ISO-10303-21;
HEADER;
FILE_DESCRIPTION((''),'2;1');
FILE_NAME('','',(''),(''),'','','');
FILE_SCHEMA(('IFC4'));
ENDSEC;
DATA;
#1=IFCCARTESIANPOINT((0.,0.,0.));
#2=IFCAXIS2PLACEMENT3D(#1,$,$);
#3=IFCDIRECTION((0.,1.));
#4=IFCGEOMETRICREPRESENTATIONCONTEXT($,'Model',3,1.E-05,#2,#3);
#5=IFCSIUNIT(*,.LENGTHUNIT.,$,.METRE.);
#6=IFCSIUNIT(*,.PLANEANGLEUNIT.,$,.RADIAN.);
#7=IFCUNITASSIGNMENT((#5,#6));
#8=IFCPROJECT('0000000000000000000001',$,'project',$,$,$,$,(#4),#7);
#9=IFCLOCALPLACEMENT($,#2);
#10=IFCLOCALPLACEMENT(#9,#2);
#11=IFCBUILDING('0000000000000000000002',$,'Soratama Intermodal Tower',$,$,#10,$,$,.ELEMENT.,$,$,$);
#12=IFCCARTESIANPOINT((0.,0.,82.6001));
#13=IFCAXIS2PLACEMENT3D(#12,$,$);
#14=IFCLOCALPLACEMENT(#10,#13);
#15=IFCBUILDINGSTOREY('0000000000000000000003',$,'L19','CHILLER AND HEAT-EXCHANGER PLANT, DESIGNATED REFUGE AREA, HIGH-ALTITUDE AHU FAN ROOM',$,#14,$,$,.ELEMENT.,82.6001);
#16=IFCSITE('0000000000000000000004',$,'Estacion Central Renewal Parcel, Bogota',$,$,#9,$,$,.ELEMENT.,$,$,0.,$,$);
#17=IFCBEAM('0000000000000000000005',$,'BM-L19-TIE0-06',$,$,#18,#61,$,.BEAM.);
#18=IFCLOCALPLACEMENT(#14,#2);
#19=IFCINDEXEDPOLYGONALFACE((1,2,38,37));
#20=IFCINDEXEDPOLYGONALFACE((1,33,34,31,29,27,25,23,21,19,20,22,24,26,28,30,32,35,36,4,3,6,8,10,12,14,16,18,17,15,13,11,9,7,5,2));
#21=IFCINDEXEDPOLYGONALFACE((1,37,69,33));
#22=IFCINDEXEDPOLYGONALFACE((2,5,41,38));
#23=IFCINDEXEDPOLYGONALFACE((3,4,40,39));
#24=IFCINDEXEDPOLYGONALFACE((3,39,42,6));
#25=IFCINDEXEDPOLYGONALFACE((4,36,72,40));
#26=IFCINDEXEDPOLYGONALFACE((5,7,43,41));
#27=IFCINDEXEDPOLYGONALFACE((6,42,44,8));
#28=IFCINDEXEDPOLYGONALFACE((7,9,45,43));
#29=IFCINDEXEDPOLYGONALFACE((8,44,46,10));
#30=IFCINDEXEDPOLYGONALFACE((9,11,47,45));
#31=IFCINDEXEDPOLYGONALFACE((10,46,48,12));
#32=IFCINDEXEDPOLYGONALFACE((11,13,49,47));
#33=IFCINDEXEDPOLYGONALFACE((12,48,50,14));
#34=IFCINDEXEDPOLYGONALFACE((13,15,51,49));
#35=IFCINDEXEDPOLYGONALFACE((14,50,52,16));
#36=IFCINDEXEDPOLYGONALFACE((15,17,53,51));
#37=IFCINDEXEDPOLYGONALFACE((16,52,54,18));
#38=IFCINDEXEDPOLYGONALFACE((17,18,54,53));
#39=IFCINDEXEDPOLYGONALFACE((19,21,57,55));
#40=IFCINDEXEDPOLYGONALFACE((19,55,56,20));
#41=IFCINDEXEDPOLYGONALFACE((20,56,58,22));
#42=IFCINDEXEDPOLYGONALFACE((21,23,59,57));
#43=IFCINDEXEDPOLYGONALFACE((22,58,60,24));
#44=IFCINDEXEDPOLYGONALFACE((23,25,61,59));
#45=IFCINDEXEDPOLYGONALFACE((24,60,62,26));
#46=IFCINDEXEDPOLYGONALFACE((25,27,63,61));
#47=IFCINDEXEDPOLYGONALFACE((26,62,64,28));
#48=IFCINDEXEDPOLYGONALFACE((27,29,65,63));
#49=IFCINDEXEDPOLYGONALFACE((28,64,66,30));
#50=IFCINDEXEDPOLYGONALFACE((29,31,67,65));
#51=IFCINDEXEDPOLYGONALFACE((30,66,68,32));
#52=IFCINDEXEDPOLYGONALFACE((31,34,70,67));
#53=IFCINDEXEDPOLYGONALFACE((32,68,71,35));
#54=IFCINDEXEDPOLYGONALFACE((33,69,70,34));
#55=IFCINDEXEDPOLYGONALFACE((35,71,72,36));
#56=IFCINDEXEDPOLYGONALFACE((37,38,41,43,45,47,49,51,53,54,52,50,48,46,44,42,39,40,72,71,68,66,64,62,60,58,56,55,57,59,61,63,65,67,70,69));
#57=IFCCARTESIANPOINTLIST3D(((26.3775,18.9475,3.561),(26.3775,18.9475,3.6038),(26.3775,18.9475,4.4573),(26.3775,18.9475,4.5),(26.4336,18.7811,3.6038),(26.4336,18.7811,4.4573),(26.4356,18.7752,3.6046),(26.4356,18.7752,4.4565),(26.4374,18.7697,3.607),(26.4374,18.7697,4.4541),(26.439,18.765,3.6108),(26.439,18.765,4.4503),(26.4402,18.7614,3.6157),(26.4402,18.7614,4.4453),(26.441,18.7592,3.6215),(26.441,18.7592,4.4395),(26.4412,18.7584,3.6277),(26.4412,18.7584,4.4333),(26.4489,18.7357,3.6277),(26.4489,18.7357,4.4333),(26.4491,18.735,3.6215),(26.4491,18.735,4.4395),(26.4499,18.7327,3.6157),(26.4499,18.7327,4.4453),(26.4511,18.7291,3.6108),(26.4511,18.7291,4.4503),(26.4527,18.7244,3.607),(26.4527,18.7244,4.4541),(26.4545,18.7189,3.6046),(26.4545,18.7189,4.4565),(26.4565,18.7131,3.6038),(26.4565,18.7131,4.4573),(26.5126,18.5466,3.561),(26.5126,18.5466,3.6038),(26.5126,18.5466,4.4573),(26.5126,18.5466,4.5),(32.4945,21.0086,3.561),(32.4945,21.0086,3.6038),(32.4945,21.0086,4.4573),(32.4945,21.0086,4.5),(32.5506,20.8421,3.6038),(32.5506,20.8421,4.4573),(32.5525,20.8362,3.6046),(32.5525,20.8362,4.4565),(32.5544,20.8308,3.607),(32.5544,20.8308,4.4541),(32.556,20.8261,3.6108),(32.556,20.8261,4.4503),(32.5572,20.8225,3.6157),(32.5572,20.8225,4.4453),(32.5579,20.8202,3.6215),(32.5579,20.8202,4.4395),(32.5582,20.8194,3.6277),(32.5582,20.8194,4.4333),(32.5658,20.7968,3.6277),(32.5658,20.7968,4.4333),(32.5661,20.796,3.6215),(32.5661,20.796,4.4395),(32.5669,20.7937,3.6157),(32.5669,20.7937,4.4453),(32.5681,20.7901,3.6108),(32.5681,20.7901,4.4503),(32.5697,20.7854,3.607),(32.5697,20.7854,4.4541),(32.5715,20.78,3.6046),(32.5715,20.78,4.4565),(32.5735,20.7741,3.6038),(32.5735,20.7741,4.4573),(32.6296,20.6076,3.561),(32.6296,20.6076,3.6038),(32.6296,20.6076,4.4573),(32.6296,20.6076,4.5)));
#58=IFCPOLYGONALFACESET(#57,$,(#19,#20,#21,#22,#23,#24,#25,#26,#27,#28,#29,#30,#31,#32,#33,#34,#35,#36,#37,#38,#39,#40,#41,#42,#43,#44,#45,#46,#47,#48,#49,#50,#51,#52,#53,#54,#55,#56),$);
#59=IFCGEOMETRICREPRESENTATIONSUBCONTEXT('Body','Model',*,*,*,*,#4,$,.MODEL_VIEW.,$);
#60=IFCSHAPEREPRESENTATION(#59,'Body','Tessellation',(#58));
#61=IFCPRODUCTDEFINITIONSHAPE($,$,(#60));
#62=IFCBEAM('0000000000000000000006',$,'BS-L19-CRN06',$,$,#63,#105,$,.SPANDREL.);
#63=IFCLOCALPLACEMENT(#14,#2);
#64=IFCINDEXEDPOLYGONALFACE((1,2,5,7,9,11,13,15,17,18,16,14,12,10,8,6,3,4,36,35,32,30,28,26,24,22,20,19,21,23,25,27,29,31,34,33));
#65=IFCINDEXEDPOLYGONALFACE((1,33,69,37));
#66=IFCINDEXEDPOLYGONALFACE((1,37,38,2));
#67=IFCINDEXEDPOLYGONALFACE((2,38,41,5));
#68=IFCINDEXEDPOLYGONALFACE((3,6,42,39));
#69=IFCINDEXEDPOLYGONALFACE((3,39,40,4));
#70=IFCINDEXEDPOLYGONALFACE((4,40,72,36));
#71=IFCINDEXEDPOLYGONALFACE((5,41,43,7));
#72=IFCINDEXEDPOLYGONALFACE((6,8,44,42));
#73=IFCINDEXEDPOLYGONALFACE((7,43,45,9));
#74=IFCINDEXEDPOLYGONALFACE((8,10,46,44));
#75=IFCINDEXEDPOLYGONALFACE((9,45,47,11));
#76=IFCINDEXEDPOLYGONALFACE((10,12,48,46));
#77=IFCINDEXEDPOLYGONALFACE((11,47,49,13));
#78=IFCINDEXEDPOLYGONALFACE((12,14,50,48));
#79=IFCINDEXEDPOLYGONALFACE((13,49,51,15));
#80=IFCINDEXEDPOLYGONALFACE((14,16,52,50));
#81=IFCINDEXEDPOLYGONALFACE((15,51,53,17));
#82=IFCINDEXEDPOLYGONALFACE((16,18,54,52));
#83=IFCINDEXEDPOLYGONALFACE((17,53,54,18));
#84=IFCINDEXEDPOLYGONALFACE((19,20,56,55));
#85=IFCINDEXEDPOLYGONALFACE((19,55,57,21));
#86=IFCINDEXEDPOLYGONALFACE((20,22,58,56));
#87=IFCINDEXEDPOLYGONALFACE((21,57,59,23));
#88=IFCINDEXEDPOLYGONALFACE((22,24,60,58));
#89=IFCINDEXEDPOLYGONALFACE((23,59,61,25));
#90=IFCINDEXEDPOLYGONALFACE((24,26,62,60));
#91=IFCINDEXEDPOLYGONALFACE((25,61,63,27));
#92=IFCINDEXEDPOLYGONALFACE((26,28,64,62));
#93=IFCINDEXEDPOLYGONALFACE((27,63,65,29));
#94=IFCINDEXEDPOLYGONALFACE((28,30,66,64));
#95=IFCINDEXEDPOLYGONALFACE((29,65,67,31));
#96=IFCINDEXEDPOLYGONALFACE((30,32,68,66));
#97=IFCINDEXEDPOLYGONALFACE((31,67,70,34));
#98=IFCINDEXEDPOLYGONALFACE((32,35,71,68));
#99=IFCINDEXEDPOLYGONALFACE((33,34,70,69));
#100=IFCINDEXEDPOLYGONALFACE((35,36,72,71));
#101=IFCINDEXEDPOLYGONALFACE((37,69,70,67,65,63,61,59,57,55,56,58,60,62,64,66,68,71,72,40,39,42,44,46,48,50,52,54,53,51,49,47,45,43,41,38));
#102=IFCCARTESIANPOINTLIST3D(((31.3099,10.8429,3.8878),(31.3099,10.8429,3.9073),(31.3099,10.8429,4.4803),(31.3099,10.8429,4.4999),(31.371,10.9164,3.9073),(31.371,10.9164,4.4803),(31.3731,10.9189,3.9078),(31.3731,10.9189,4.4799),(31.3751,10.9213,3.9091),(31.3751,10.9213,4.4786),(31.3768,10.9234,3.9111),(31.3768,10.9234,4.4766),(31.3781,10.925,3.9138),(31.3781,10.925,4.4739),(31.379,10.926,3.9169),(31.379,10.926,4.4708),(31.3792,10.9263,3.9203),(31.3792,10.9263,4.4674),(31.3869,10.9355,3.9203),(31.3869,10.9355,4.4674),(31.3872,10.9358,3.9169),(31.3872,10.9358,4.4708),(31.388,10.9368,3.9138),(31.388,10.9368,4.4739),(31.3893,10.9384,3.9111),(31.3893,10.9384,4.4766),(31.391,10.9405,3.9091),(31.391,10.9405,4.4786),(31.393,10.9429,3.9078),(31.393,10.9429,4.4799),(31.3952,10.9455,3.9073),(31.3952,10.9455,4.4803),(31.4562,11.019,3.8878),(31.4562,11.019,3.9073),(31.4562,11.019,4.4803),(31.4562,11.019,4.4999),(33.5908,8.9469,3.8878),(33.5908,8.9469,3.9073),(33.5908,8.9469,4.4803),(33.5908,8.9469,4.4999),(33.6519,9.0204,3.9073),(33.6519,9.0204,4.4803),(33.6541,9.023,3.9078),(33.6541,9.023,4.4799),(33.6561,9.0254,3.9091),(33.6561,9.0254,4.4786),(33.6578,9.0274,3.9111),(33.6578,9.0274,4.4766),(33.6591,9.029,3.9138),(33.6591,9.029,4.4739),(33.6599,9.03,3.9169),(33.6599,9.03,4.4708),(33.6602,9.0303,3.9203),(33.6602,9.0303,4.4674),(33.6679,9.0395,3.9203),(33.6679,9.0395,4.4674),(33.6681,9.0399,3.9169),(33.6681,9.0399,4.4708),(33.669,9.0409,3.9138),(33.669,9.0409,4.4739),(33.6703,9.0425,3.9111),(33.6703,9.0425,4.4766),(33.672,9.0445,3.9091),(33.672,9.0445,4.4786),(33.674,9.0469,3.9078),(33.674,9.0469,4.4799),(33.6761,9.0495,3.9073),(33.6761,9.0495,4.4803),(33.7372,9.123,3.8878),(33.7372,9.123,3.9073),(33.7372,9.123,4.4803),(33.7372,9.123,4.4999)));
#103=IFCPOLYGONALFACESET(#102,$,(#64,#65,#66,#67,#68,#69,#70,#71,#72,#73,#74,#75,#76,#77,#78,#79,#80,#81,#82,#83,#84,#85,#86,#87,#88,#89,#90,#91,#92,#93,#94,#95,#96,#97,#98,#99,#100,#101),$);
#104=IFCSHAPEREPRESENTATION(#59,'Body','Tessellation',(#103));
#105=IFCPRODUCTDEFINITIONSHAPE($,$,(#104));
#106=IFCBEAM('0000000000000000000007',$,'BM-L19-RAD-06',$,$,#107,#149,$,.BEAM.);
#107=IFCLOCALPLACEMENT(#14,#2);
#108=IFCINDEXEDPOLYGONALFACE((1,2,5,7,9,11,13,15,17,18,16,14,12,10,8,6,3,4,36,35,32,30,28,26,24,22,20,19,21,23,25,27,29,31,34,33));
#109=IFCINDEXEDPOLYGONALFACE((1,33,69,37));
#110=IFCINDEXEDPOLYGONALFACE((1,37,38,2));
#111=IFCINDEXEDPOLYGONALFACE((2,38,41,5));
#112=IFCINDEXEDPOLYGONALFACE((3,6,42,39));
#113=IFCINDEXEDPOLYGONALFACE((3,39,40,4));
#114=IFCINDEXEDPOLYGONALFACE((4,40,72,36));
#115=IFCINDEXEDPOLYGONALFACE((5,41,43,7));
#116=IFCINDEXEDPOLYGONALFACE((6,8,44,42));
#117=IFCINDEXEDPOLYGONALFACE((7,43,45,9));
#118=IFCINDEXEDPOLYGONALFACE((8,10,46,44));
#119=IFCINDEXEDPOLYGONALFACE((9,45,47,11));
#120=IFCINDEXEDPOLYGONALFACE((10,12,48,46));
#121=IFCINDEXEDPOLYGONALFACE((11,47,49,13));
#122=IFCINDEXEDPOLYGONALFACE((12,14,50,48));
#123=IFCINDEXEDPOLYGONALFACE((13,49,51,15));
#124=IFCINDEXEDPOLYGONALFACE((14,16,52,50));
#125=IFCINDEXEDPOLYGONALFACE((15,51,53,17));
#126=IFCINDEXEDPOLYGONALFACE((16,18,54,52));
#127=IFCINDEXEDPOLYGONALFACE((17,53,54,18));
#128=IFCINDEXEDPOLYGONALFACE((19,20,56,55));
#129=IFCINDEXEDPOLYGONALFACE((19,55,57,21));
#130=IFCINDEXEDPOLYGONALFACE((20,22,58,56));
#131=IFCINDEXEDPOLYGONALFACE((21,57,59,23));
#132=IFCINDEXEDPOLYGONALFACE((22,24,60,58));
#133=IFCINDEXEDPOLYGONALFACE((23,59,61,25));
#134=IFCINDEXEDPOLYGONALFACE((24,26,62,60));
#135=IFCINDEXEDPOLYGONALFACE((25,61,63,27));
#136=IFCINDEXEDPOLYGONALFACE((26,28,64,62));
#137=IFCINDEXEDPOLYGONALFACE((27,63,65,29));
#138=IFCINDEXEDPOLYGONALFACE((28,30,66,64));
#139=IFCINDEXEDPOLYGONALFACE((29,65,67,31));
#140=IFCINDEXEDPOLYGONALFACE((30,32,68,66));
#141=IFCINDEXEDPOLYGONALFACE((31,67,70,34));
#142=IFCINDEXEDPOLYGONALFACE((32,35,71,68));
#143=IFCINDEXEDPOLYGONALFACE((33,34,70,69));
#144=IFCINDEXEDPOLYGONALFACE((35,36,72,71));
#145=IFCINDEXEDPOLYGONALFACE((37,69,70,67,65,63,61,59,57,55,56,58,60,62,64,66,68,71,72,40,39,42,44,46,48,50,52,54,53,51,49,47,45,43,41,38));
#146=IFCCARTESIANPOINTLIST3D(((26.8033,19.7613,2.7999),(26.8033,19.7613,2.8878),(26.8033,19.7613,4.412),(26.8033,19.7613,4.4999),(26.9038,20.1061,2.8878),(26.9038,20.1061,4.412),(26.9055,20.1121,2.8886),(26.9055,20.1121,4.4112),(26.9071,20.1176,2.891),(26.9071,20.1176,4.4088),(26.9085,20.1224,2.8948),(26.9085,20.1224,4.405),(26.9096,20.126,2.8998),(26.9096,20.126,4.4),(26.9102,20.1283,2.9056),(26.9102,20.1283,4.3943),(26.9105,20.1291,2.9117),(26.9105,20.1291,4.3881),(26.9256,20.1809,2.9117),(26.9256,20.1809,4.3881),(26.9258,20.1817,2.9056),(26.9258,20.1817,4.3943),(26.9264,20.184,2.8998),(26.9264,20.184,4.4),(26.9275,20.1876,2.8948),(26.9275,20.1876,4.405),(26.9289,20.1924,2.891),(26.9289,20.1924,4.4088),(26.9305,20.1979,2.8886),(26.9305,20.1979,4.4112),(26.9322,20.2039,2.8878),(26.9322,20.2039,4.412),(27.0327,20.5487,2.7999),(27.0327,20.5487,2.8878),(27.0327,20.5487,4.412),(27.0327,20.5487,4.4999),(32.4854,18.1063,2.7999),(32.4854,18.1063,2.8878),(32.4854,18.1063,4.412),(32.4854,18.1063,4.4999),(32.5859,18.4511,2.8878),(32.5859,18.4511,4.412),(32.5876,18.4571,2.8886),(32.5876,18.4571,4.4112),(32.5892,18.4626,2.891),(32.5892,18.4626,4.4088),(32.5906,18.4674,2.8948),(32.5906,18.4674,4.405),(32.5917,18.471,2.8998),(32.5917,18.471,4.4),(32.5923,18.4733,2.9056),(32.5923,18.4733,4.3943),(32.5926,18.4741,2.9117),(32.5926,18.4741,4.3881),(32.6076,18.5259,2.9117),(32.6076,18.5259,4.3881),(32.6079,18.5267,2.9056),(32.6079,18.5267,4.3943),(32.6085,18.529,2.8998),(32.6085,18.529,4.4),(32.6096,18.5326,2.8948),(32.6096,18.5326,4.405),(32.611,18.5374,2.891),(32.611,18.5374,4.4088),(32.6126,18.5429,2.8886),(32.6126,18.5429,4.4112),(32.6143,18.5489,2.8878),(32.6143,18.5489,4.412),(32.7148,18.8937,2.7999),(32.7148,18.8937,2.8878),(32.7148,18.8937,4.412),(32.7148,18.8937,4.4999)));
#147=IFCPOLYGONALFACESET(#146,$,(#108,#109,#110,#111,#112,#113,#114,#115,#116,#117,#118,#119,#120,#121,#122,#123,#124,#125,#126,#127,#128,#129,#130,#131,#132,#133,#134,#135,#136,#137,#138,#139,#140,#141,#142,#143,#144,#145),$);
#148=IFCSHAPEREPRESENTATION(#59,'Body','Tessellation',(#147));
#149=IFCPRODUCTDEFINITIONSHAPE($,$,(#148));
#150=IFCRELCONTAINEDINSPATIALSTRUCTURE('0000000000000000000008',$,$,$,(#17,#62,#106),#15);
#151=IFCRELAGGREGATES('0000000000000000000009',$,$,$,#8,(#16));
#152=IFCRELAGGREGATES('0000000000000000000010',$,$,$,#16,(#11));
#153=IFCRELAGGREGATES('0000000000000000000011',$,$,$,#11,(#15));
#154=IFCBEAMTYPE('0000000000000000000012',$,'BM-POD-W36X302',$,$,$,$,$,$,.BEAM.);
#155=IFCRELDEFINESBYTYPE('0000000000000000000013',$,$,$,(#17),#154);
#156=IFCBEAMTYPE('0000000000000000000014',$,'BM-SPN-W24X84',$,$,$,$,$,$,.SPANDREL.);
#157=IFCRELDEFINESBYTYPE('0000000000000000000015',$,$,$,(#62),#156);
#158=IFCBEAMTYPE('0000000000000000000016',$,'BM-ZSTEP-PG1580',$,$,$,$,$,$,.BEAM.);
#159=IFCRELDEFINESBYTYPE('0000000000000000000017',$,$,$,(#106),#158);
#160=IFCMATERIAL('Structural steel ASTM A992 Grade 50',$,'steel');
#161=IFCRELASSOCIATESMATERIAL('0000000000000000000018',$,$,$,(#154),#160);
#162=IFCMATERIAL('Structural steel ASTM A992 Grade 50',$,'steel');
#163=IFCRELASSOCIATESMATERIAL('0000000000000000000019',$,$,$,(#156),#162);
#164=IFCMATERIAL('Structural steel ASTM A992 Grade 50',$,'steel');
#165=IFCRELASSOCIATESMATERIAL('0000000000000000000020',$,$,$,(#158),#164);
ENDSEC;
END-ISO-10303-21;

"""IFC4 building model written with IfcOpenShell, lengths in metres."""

from ifc_helpers import new_model, si_unit, direction, frame, origin, origin_2d, place, context, subcontext, project, spatial, i_section, extrude, material, material_profile, profile_set, type_object, element, save


model = new_model("IFC4")

# Units and contexts
model_context = context("Model", 3, precision=1e-05, world=origin(), true_north=direction((0.0, 1.0)))
body_context = subcontext(model_context, "Body", "Model", "MODEL_VIEW")
ifc_project = project(units=[si_unit("LENGTHUNIT", "METRE"), si_unit("PLANEANGLEUNIT", "RADIAN")], contexts=[model_context])

# Site, building, storey
site_placement = place(None, origin())
site = spatial("IfcSite", under=ifc_project, at=site_placement, Name="Estacion Central Renewal Parcel, Bogota", CompositionType="ELEMENT", RefElevation=0.0)
building_placement = place(site_placement, origin())
building = spatial("IfcBuilding", under=site, at=building_placement, Name="Soratama Intermodal Tower", CompositionType="ELEMENT")
storey_placement = place(building_placement, frame((0.0, 0.0, 82.6001)))
storey = spatial("IfcBuildingStorey", under=building, at=storey_placement, Name="L19", Description="CHILLER AND HEAT-EXCHANGER PLANT, DESIGNATED REFUGE AREA, HIGH-ALTITUDE AHU FAN ROOM", CompositionType="ELEMENT", Elevation=82.6001)

# Beams
ifc_material_1 = material(Name="Structural steel ASTM A992 Grade 50", Category="steel")
ifc_material_profile_1 = material_profile(ifc_material_1, i_section(OverallWidth=0.4231, OverallDepth=0.939, WebThickness=0.0239, FlangeThickness=0.0427, FilletRadius=0.0239, at=origin_2d()), Name="W36X302")
ifc_profile_set_1 = profile_set([ifc_material_profile_1], Name="Structural steel ASTM A992 Grade 50")
beam_type_1 = type_object("IfcBeamType", Name="BM-POD-W36X302", PredefinedType="BEAM", material=ifc_profile_set_1)
beam_1_placement = place(storey_placement, frame((32.562, 20.8081, 4.0305), z_axis=(-0.947653, -0.319301, 0.0), x_axis=(0.319301, -0.947653, 0.0)))
element("IfcBeam", 1, at=beam_1_placement, inside=storey, type_object=beam_type_1, Name="BM-L19-TIE0-06", PredefinedType="BEAM", context=body_context, shape_type="SweptSolid", body=[
    extrude(i_section(OverallWidth=0.4231, OverallDepth=0.939, WebThickness=0.0239, FlangeThickness=0.0427, FilletRadius=0.0239, at=origin_2d()), origin(), (0.0, 0.0, 1.0), 6.4548),
])
ifc_material_2 = material(Name="Structural steel ASTM A992 Grade 50", Category="steel")
ifc_material_profile_2 = material_profile(ifc_material_2, i_section(OverallWidth=0.229, OverallDepth=0.6121, WebThickness=0.012, FlangeThickness=0.0195, FilletRadius=0.0129, at=origin_2d()), Name="W24X84")
ifc_profile_set_2 = profile_set([ifc_material_profile_2], Name="Structural steel ASTM A992 Grade 50")
beam_type_2 = type_object("IfcBeamType", Name="BM-SPN-W24X84", PredefinedType="SPANDREL", material=ifc_profile_set_2)
beam_2_placement = place(storey_placement, frame((31.3831, 10.9309, 4.1938), z_axis=(0.769024, -0.63922, 0.0), x_axis=(0.63922, 0.769024, 0.0)))
element("IfcBeam", 2, at=beam_2_placement, inside=storey, type_object=beam_type_2, Name="BS-L19-CRN06", PredefinedType="SPANDREL", context=body_context, shape_type="SweptSolid", body=[
    extrude(i_section(OverallWidth=0.229, OverallDepth=0.6121, WebThickness=0.012, FlangeThickness=0.0195, FilletRadius=0.0129, at=origin_2d()), origin(), (0.0, 0.0, 1.0), 2.9661),
])
ifc_material_3 = material(Name="Structural steel ASTM A992 Grade 50", Category="steel")
ifc_material_profile_3 = material_profile(ifc_material_3, i_section(OverallWidth=0.8201, OverallDepth=1.7, WebThickness=0.054, FlangeThickness=0.0879, FilletRadius=0.0239, at=origin_2d()), Name="PG1580X800")
ifc_profile_set_3 = profile_set([ifc_material_profile_3], Name="Structural steel ASTM A992 Grade 50")
beam_type_3 = type_object("IfcBeamType", Name="BM-ZSTEP-PG1580", PredefinedType="BEAM", material=ifc_profile_set_3)
beam_3_placement = place(storey_placement, frame((32.6001, 18.5, 3.6499), z_axis=(-0.960103, 0.279648, 0.0), x_axis=(-0.279648, -0.960103, 0.0)))
element("IfcBeam", 3, at=beam_3_placement, inside=storey, type_object=beam_type_3, Name="BM-L19-RAD-06", PredefinedType="BEAM", context=body_context, shape_type="SweptSolid", body=[
    extrude(i_section(OverallWidth=0.8201, OverallDepth=1.7, WebThickness=0.054, FlangeThickness=0.0879, FilletRadius=0.0239, at=origin_2d()), origin(), (0.0, 0.0, 1.0), 5.9182),
])

save(model, "model.ifc")
